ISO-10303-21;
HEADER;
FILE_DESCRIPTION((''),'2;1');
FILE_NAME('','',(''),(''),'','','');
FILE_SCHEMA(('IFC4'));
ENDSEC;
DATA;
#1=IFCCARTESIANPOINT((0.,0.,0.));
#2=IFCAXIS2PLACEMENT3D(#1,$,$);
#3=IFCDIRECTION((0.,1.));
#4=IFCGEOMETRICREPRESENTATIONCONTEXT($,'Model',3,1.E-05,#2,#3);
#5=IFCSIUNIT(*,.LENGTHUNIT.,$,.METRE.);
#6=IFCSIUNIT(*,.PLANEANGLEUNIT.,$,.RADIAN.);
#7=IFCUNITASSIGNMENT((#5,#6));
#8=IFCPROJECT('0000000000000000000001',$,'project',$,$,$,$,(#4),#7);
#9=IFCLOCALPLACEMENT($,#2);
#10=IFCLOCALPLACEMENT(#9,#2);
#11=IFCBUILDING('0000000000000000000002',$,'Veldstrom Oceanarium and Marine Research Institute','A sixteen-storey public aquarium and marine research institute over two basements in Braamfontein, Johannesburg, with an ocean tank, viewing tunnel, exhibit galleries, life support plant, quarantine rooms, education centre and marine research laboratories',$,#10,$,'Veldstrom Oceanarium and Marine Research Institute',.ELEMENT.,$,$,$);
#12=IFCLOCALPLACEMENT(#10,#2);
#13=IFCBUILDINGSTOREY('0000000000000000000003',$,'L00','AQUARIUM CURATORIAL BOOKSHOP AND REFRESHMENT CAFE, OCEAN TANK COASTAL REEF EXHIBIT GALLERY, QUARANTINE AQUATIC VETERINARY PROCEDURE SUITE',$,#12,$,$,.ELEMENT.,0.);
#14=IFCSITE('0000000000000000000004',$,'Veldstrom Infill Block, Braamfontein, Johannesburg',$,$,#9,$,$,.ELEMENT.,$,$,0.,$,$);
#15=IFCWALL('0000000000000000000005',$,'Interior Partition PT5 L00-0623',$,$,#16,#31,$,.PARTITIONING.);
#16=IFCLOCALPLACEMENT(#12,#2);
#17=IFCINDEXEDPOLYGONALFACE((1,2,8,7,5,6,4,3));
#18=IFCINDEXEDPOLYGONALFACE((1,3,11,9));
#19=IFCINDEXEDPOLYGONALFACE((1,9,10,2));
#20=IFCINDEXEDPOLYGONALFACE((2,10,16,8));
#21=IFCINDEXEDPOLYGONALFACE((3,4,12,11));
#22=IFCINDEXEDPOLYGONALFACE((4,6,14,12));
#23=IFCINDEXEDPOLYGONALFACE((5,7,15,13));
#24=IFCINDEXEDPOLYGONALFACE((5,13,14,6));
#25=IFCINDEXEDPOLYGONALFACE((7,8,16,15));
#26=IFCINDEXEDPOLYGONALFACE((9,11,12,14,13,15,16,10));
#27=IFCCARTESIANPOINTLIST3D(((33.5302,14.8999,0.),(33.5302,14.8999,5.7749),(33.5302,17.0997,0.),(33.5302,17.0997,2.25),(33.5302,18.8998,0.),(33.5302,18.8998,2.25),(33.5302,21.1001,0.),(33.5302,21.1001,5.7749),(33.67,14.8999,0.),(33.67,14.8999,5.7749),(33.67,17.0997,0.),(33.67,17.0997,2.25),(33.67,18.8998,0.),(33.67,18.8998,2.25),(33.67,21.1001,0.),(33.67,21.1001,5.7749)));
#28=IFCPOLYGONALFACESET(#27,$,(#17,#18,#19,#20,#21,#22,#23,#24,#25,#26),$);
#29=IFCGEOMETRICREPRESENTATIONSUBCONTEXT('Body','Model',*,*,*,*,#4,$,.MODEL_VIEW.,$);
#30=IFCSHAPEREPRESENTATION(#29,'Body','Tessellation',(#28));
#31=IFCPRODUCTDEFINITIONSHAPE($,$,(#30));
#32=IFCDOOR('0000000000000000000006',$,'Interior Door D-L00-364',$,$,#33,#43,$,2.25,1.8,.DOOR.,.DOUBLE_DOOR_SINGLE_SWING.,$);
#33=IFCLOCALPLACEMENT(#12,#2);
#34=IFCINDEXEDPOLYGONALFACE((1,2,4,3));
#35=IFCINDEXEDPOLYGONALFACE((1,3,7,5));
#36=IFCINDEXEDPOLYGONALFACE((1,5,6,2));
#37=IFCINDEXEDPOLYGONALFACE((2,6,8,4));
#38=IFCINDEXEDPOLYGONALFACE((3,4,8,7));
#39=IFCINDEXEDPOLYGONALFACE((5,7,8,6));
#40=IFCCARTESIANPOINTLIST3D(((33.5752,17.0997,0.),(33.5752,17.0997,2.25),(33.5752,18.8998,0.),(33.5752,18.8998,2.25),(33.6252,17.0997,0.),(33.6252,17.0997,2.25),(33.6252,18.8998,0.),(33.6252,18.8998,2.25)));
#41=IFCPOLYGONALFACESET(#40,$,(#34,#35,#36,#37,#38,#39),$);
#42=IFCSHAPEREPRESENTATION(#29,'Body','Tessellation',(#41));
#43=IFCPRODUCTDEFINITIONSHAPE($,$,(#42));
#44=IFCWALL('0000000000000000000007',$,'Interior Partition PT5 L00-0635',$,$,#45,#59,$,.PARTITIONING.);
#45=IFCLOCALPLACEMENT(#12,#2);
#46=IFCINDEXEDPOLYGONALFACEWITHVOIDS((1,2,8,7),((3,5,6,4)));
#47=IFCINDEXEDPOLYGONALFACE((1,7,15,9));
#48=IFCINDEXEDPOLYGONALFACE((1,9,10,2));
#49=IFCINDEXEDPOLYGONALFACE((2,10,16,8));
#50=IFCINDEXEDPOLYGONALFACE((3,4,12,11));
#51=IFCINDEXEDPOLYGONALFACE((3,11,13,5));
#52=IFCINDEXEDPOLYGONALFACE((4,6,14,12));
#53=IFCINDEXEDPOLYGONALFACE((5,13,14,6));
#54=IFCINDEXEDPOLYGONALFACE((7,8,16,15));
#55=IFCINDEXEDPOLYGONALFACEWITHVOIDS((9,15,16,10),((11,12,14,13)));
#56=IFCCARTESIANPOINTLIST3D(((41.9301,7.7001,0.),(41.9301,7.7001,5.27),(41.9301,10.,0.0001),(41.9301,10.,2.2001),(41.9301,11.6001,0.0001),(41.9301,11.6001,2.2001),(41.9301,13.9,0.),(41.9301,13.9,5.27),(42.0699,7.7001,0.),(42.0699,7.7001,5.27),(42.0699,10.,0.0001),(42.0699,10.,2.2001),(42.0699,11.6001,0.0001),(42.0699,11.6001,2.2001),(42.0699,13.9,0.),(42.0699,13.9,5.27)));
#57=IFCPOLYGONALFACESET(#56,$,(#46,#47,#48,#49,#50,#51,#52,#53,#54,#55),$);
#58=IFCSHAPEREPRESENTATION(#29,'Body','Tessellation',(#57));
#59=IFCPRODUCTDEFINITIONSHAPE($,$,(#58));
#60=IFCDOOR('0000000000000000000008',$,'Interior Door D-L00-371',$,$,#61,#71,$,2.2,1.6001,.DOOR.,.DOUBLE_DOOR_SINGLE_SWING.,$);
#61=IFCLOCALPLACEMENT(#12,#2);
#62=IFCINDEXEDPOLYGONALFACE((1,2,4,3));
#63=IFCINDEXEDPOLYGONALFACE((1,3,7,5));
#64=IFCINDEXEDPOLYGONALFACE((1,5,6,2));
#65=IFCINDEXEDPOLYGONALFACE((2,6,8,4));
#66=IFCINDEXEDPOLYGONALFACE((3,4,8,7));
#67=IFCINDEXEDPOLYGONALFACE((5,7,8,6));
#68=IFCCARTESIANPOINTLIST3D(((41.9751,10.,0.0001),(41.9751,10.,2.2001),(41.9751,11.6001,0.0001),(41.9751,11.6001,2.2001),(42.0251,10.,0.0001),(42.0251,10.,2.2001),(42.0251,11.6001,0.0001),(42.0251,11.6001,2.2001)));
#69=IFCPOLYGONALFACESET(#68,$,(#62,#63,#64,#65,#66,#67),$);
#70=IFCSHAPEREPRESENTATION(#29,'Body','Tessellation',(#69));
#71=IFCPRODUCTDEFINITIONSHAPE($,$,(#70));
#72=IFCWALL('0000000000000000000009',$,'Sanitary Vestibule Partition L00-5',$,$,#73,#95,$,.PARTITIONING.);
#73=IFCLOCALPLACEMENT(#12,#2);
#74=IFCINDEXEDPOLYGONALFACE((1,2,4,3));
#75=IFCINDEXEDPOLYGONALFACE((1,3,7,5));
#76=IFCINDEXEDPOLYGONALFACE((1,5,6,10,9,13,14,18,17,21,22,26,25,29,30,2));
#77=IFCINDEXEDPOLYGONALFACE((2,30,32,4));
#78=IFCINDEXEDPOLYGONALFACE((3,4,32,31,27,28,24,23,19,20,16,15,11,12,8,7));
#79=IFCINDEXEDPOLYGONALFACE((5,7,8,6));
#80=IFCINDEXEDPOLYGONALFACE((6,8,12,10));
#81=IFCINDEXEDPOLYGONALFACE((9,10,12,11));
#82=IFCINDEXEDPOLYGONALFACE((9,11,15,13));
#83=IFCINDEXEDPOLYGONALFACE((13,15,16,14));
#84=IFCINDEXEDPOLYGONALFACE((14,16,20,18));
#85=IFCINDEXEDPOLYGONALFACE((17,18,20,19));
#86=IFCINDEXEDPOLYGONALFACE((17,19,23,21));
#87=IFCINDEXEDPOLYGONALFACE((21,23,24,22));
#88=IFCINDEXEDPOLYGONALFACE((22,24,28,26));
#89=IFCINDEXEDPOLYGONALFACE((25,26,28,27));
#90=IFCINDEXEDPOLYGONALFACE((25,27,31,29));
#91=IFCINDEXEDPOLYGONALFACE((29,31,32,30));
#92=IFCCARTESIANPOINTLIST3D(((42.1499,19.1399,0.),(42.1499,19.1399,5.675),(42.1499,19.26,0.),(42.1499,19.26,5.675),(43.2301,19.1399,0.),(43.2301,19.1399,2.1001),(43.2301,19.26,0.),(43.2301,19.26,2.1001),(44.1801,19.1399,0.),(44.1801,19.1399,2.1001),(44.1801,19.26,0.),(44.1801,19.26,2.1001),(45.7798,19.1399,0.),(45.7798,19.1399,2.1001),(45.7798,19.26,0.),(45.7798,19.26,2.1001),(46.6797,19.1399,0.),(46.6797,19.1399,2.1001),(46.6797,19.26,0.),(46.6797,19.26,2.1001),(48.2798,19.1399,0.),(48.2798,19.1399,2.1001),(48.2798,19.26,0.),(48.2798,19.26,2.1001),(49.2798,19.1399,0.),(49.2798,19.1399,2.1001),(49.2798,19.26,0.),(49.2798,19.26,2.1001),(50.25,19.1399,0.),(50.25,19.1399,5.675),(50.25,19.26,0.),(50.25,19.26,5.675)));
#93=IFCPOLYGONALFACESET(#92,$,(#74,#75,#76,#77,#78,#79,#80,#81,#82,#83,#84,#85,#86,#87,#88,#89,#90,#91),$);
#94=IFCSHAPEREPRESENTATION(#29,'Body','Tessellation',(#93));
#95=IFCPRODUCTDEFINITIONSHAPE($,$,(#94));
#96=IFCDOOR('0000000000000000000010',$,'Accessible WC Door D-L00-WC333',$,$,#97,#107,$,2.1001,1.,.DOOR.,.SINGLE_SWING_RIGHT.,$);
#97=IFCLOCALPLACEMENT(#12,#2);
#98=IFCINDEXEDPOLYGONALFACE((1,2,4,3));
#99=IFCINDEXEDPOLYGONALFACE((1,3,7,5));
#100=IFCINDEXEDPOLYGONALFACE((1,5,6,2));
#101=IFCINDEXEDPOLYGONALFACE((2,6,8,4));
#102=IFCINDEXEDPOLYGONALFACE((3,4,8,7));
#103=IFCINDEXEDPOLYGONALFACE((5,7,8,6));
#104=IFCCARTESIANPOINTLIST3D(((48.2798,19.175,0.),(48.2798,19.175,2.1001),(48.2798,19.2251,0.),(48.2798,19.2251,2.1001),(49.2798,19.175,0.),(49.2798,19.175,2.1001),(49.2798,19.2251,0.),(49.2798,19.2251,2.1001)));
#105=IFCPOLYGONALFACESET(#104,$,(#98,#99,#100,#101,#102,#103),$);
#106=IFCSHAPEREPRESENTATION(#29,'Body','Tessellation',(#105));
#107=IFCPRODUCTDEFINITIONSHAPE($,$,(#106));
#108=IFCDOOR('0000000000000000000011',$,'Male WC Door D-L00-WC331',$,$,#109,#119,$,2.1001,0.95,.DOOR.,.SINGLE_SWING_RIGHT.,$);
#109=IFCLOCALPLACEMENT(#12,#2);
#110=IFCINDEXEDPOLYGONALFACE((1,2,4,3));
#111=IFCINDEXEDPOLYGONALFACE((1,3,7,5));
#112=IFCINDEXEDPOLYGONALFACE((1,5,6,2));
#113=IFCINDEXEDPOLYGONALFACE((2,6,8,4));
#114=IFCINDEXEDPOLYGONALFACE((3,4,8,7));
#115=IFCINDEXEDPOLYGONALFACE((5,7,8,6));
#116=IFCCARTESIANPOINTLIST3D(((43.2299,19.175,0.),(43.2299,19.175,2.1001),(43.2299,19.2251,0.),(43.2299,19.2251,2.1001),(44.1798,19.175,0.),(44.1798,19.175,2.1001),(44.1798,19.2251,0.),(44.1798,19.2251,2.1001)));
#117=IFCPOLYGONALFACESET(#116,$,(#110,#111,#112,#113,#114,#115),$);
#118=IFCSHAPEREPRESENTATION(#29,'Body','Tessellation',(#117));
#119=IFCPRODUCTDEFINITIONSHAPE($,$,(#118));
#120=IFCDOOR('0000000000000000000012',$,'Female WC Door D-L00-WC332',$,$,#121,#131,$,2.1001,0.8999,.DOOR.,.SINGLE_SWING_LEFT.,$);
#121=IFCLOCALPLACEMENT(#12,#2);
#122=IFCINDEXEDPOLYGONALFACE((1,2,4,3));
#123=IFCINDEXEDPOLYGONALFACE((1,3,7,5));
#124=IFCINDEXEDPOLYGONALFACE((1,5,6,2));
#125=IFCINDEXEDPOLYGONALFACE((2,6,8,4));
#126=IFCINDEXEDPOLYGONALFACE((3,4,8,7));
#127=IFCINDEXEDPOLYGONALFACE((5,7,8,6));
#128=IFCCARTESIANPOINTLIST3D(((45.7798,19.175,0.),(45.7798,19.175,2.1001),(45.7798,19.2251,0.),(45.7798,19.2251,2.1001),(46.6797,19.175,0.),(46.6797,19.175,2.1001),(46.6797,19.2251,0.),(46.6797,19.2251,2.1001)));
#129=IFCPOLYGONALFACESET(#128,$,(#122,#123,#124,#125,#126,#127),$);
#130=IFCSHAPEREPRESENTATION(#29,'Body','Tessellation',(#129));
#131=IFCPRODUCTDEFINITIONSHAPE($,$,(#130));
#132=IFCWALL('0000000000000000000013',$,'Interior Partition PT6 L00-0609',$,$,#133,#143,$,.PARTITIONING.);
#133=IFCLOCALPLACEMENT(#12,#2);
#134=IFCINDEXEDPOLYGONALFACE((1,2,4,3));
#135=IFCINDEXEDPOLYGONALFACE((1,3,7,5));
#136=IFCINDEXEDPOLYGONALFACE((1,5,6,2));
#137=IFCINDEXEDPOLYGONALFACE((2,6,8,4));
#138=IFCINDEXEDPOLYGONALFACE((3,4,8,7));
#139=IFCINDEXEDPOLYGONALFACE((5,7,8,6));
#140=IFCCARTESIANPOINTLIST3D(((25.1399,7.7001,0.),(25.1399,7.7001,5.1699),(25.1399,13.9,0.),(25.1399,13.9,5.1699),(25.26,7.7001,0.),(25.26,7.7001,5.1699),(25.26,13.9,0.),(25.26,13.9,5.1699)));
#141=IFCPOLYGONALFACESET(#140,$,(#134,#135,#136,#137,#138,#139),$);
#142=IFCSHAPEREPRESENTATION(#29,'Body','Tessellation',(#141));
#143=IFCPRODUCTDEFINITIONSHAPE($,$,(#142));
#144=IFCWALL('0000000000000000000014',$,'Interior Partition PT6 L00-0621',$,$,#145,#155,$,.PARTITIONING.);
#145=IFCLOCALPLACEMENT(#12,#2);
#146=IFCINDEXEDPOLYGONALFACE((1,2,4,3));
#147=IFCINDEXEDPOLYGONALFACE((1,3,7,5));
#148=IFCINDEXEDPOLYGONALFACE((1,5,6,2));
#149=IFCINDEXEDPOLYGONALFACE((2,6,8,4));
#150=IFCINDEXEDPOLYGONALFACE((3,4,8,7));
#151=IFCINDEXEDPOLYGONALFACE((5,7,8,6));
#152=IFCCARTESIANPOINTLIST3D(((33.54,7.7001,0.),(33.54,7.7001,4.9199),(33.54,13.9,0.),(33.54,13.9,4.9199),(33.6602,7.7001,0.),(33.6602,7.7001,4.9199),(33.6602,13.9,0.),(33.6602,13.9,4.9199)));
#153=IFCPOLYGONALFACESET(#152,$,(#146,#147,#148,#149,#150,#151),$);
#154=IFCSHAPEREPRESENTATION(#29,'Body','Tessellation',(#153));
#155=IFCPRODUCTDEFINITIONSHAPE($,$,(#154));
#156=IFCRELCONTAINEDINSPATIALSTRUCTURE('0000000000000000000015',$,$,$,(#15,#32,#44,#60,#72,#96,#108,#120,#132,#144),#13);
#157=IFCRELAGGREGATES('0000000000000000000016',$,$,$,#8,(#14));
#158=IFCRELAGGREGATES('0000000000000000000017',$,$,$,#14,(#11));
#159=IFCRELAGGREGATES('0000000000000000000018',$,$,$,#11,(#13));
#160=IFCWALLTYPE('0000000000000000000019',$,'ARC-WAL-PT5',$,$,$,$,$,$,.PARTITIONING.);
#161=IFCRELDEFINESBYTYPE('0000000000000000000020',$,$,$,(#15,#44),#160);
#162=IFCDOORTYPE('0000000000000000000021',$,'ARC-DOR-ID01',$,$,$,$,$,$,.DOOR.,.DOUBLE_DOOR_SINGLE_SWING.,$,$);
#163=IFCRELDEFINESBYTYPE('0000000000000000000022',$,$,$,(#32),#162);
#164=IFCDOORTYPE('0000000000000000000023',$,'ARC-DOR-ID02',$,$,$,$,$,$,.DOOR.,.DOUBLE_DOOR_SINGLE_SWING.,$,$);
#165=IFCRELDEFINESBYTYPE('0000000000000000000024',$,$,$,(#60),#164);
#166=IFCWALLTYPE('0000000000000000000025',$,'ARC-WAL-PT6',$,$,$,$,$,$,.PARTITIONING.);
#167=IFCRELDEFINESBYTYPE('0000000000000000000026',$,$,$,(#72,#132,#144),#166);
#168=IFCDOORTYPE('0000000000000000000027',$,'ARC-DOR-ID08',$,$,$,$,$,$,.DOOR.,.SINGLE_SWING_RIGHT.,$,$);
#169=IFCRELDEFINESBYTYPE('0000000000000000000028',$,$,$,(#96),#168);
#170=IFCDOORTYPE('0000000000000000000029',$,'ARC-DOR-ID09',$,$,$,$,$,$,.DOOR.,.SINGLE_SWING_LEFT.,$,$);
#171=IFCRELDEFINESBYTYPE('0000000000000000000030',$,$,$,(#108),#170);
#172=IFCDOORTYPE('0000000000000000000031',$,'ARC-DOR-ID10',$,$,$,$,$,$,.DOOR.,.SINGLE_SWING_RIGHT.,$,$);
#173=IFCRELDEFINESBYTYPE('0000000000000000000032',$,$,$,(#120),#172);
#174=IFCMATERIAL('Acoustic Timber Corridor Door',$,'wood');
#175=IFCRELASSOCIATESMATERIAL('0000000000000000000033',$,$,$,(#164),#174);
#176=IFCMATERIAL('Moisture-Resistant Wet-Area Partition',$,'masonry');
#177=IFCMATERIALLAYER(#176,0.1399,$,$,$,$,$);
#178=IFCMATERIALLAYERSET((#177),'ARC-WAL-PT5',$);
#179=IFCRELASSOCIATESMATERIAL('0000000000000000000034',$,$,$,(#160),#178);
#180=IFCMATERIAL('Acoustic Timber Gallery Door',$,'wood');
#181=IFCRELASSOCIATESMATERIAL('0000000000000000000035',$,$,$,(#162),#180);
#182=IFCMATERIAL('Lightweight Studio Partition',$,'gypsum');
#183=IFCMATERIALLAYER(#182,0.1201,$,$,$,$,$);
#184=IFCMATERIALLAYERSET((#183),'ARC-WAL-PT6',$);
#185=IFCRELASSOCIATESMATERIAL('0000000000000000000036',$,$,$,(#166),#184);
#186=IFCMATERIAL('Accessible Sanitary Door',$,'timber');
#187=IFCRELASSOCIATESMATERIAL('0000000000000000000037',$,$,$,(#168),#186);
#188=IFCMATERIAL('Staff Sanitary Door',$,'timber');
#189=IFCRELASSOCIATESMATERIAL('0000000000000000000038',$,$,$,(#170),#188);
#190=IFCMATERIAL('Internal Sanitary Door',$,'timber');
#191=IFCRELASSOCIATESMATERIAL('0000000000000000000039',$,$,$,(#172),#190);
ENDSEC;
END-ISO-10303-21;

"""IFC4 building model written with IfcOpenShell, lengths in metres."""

from ifc_helpers import new_model, si_unit, direction, frame, frame_2d, origin, place, context, subcontext, project, spatial, rectangle, extrude, material, layer, layer_set, type_object, element, fill, save


model = new_model("IFC4")

# Units and contexts
model_context = context("Model", 3, precision=1e-05, world=origin(), true_north=direction((0.0, 1.0)))
body_context = subcontext(model_context, "Body", "Model", "MODEL_VIEW")
ifc_project = project(units=[si_unit("LENGTHUNIT", "METRE"), si_unit("PLANEANGLEUNIT", "RADIAN")], contexts=[model_context])

# Site, building, storey
site_placement = place(None, origin())
site = spatial("IfcSite", under=ifc_project, at=site_placement, Name="Veldstrom Infill Block, Braamfontein, Johannesburg", CompositionType="ELEMENT", RefElevation=0.0)
building_placement = place(site_placement, origin())
building = spatial("IfcBuilding", under=site, at=building_placement, Name="Veldstrom Oceanarium and Marine Research Institute", Description="A sixteen-storey public aquarium and marine research institute over two basements in Braamfontein, Johannesburg, with an ocean tank, viewing tunnel, exhibit galleries, life support plant, quarantine rooms, education centre and marine research laboratories", LongName="Veldstrom Oceanarium and Marine Research Institute", CompositionType="ELEMENT")
storey_placement = place(building_placement, origin())
storey = spatial("IfcBuildingStorey", under=building, at=storey_placement, Name="L00", Description="AQUARIUM CURATORIAL BOOKSHOP AND REFRESHMENT CAFE, OCEAN TANK COASTAL REEF EXHIBIT GALLERY, QUARANTINE AQUATIC VETERINARY PROCEDURE SUITE", CompositionType="ELEMENT", Elevation=0.0)

# Walls, openings, doors
ifc_material_1 = material(Name="Acoustic Timber Corridor Door", Category="wood")
door_type_1 = type_object("IfcDoorType", Name="ARC-DOR-ID02", OperationType="DOUBLE_DOOR_SINGLE_SWING", PredefinedType="DOOR", material=ifc_material_1)
ifc_material_2 = material(Name="Moisture-Resistant Wet-Area Partition", Category="masonry")
ifc_layer_1 = layer(ifc_material_2, 0.1399)
ifc_layer_set_1 = layer_set([ifc_layer_1], Name="ARC-WAL-PT5")
wall_type_1 = type_object("IfcWallType", Name="ARC-WAL-PT5", PredefinedType="PARTITIONING", material=ifc_layer_set_1)
wall_1_placement = place(storey_placement, frame((33.6001, 14.8999, 0.0), z_axis=(0.0, 0.0, 1.0), x_axis=(0.0, 1.0, 0.0)))
wall_1 = element("IfcWall", 1, at=wall_1_placement, inside=storey, type_object=wall_type_1, Name="Interior Partition PT5 L00-0623", PredefinedType="PARTITIONING", context=body_context, shape_type="SweptSolid", body=[
    extrude(rectangle(XDim=6.2002, YDim=0.1399, at=frame_2d((3.1001, 0.0))), origin(), (0.0, 0.0, 1.0), 5.7749),
])
opening_1_placement = place(wall_1_placement, frame((2.2, 0.0, 0.0)))
opening_1 = element("IfcOpeningElement", 2, at=opening_1_placement, cuts=wall_1, PredefinedType="OPENING", context=body_context, shape_type="SweptSolid", body=[
    extrude(rectangle(XDim=1.8, YDim=2.25, at=frame_2d((0.8999, 1.125))), frame((0.0, 0.0798, 0.0), z_axis=(0.0, -1.0, 0.0), x_axis=(1.0, 0.0, 0.0)), (0.0, 0.0, 1.0), 0.1599),
])
ifc_material_3 = material(Name="Acoustic Timber Gallery Door", Category="wood")
door_type_2 = type_object("IfcDoorType", Name="ARC-DOR-ID01", OperationType="DOUBLE_DOOR_SINGLE_SWING", PredefinedType="DOOR", material=ifc_material_3)
door_1_placement = place(opening_1_placement, origin())
door_1 = element("IfcDoor", 3, at=door_1_placement, inside=storey, type_object=door_type_2, Name="Interior Door D-L00-364", OperationType="DOUBLE_DOOR_SINGLE_SWING", OverallHeight=2.25, OverallWidth=1.8, PredefinedType="DOOR", context=body_context, shape_type="SweptSolid", body=[
    extrude(rectangle(XDim=1.8, YDim=2.25, at=frame_2d((0.8999, 1.125))), frame((0.0, 0.0249, 0.0), z_axis=(0.0, -1.0, 0.0), x_axis=(1.0, 0.0, 0.0)), (0.0, 0.0, 1.0), 0.05),
])
fill(opening_1, door_1)
wall_2_placement = place(storey_placement, frame((42.0, 7.7, 0.0), z_axis=(0.0, 0.0, 1.0), x_axis=(0.0, 1.0, 0.0)))
wall_2 = element("IfcWall", 4, at=wall_2_placement, inside=storey, type_object=wall_type_1, Name="Interior Partition PT5 L00-0635", PredefinedType="PARTITIONING", context=body_context, shape_type="SweptSolid", body=[
    extrude(rectangle(XDim=6.2, YDim=0.1399, at=frame_2d((3.1001, 0.0))), origin(), (0.0, 0.0, 1.0), 5.27),
])
opening_2_placement = place(wall_2_placement, frame((2.3, 0.0, 0.0)))
opening_2 = element("IfcOpeningElement", 5, at=opening_2_placement, cuts=wall_2, PredefinedType="OPENING", context=body_context, shape_type="SweptSolid", body=[
    extrude(rectangle(XDim=1.6001, YDim=2.2, at=frame_2d((0.8, 1.1001))), frame((0.0, 0.0798, 0.0), z_axis=(0.0, -1.0, 0.0), x_axis=(1.0, 0.0, 0.0)), (0.0, 0.0, 1.0), 0.1599),
])
door_2_placement = place(opening_2_placement, origin())
door_2 = element("IfcDoor", 6, at=door_2_placement, inside=storey, type_object=door_type_1, Name="Interior Door D-L00-371", OperationType="DOUBLE_DOOR_SINGLE_SWING", OverallHeight=2.2, OverallWidth=1.6001, PredefinedType="DOOR", context=body_context, shape_type="SweptSolid", body=[
    extrude(rectangle(XDim=1.6001, YDim=2.2, at=frame_2d((0.8, 1.1001))), frame((0.0, 0.0249, 0.0), z_axis=(0.0, -1.0, 0.0), x_axis=(1.0, 0.0, 0.0)), (0.0, 0.0, 1.0), 0.05),
])
fill(opening_2, door_2)

# Wall, openings, doors
ifc_material_4 = material(Name="Lightweight Studio Partition", Category="gypsum")
ifc_layer_2 = layer(ifc_material_4, 0.1201)
ifc_layer_set_2 = layer_set([ifc_layer_2], Name="ARC-WAL-PT6")
wall_type_2 = type_object("IfcWallType", Name="ARC-WAL-PT6", PredefinedType="PARTITIONING", material=ifc_layer_set_2)
wall_3_placement = place(storey_placement, frame((42.1499, 19.2, 0.0), z_axis=(0.0, 0.0, 1.0), x_axis=(1.0, 0.0, 0.0)))
wall_3 = element("IfcWall", 7, at=wall_3_placement, inside=storey, type_object=wall_type_2, Name="Sanitary Vestibule Partition L00-5", PredefinedType="PARTITIONING", context=body_context, shape_type="SweptSolid", body=[
    extrude(rectangle(XDim=8.1001, YDim=0.1201, at=frame_2d((4.05, 0.0))), origin(), (0.0, 0.0, 1.0), 5.675),
])
opening_3_placement = place(wall_3_placement, frame((1.0801, 0.0, 0.0)))
opening_3 = element("IfcOpeningElement", 8, at=opening_3_placement, cuts=wall_3, PredefinedType="OPENING", context=body_context, shape_type="SweptSolid", body=[
    extrude(rectangle(XDim=0.95, YDim=2.1001, at=frame_2d((0.4751, 1.05))), frame((0.0, 0.0701, 0.0), z_axis=(0.0, -1.0, 0.0), x_axis=(1.0, 0.0, 0.0)), (0.0, 0.0, 1.0), 0.1401),
])
opening_4_placement = place(wall_3_placement, frame((3.6299, 0.0, 0.0)))
opening_4 = element("IfcOpeningElement", 9, at=opening_4_placement, cuts=wall_3, PredefinedType="OPENING", context=body_context, shape_type="SweptSolid", body=[
    extrude(rectangle(XDim=0.8999, YDim=2.1001, at=frame_2d((0.45, 1.05))), frame((0.0, 0.0701, 0.0), z_axis=(0.0, -1.0, 0.0), x_axis=(1.0, 0.0, 0.0)), (0.0, 0.0, 1.0), 0.1401),
])
opening_5_placement = place(wall_3_placement, frame((6.1299, 0.0, 0.0)))
opening_5 = element("IfcOpeningElement", 10, at=opening_5_placement, cuts=wall_3, PredefinedType="OPENING", context=body_context, shape_type="SweptSolid", body=[
    extrude(rectangle(XDim=1.0, YDim=2.1001, at=frame_2d((0.5, 1.05))), frame((0.0, 0.0701, 0.0), z_axis=(0.0, -1.0, 0.0), x_axis=(1.0, 0.0, 0.0)), (0.0, 0.0, 1.0), 0.1401),
])
ifc_material_5 = material(Name="Accessible Sanitary Door", Category="timber")
door_type_3 = type_object("IfcDoorType", Name="ARC-DOR-ID08", OperationType="SINGLE_SWING_RIGHT", PredefinedType="DOOR", material=ifc_material_5)
door_3_placement = place(opening_5_placement, frame((1.0, 0.0, 0.0), z_axis=(0.0, 0.0, 1.0), x_axis=(-1.0, 0.0, 0.0)))
door_3 = element("IfcDoor", 11, at=door_3_placement, inside=storey, type_object=door_type_3, Name="Accessible WC Door D-L00-WC333", OperationType="SINGLE_SWING_RIGHT", OverallHeight=2.1001, OverallWidth=1.0, PredefinedType="DOOR", context=body_context, shape_type="SweptSolid", body=[
    extrude(rectangle(XDim=1.0, YDim=2.1001, at=frame_2d((0.5, 1.05))), frame((0.0, 0.0249, 0.0), z_axis=(0.0, -1.0, 0.0), x_axis=(1.0, 0.0, 0.0)), (0.0, 0.0, 1.0), 0.05),
])
fill(opening_5, door_3)
ifc_material_6 = material(Name="Staff Sanitary Door", Category="timber")
door_type_4 = type_object("IfcDoorType", Name="ARC-DOR-ID09", OperationType="SINGLE_SWING_LEFT", PredefinedType="DOOR", material=ifc_material_6)
door_4_placement = place(opening_3_placement, frame((0.95, 0.0, 0.0), z_axis=(0.0, 0.0, 1.0), x_axis=(-1.0, 0.0, 0.0)))
door_4 = element("IfcDoor", 12, at=door_4_placement, inside=storey, type_object=door_type_4, Name="Male WC Door D-L00-WC331", OperationType="SINGLE_SWING_RIGHT", OverallHeight=2.1001, OverallWidth=0.95, PredefinedType="DOOR", context=body_context, shape_type="SweptSolid", body=[
    extrude(rectangle(XDim=0.95, YDim=2.1001, at=frame_2d((0.4751, 1.05))), frame((0.0, 0.0249, 0.0), z_axis=(0.0, -1.0, 0.0), x_axis=(1.0, 0.0, 0.0)), (0.0, 0.0, 1.0), 0.05),
])
fill(opening_3, door_4)
ifc_material_7 = material(Name="Internal Sanitary Door", Category="timber")
door_type_5 = type_object("IfcDoorType", Name="ARC-DOR-ID10", OperationType="SINGLE_SWING_RIGHT", PredefinedType="DOOR", material=ifc_material_7)
door_5_placement = place(opening_4_placement, frame((0.8999, 0.0, 0.0), z_axis=(0.0, 0.0, 1.0), x_axis=(-1.0, 0.0, 0.0)))
door_5 = element("IfcDoor", 13, at=door_5_placement, inside=storey, type_object=door_type_5, Name="Female WC Door D-L00-WC332", OperationType="SINGLE_SWING_LEFT", OverallHeight=2.1001, OverallWidth=0.8999, PredefinedType="DOOR", context=body_context, shape_type="SweptSolid", body=[
    extrude(rectangle(XDim=0.8999, YDim=2.1001, at=frame_2d((0.45, 1.05))), frame((0.0, 0.0249, 0.0), z_axis=(0.0, -1.0, 0.0), x_axis=(1.0, 0.0, 0.0)), (0.0, 0.0, 1.0), 0.05),
])
fill(opening_4, door_5)

# Walls
wall_4_placement = place(storey_placement, frame((25.2, 7.7, 0.0), z_axis=(0.0, 0.0, 1.0), x_axis=(0.0, 1.0, 0.0)))
element("IfcWall", 14, at=wall_4_placement, inside=storey, type_object=wall_type_2, Name="Interior Partition PT6 L00-0609", PredefinedType="PARTITIONING", context=body_context, shape_type="SweptSolid", body=[
    extrude(rectangle(XDim=6.2, YDim=0.1201, at=frame_2d((3.1001, 0.0))), origin(), (0.0, 0.0, 1.0), 5.1699),
])
wall_5_placement = place(storey_placement, frame((33.6001, 7.7, 0.0), z_axis=(0.0, 0.0, 1.0), x_axis=(0.0, 1.0, 0.0)))
element("IfcWall", 15, at=wall_5_placement, inside=storey, type_object=wall_type_2, Name="Interior Partition PT6 L00-0621", PredefinedType="PARTITIONING", context=body_context, shape_type="SweptSolid", body=[
    extrude(rectangle(XDim=6.2, YDim=0.1201, at=frame_2d((3.1001, 0.0))), origin(), (0.0, 0.0, 1.0), 4.9199),
])

save(model, "model.ifc")
